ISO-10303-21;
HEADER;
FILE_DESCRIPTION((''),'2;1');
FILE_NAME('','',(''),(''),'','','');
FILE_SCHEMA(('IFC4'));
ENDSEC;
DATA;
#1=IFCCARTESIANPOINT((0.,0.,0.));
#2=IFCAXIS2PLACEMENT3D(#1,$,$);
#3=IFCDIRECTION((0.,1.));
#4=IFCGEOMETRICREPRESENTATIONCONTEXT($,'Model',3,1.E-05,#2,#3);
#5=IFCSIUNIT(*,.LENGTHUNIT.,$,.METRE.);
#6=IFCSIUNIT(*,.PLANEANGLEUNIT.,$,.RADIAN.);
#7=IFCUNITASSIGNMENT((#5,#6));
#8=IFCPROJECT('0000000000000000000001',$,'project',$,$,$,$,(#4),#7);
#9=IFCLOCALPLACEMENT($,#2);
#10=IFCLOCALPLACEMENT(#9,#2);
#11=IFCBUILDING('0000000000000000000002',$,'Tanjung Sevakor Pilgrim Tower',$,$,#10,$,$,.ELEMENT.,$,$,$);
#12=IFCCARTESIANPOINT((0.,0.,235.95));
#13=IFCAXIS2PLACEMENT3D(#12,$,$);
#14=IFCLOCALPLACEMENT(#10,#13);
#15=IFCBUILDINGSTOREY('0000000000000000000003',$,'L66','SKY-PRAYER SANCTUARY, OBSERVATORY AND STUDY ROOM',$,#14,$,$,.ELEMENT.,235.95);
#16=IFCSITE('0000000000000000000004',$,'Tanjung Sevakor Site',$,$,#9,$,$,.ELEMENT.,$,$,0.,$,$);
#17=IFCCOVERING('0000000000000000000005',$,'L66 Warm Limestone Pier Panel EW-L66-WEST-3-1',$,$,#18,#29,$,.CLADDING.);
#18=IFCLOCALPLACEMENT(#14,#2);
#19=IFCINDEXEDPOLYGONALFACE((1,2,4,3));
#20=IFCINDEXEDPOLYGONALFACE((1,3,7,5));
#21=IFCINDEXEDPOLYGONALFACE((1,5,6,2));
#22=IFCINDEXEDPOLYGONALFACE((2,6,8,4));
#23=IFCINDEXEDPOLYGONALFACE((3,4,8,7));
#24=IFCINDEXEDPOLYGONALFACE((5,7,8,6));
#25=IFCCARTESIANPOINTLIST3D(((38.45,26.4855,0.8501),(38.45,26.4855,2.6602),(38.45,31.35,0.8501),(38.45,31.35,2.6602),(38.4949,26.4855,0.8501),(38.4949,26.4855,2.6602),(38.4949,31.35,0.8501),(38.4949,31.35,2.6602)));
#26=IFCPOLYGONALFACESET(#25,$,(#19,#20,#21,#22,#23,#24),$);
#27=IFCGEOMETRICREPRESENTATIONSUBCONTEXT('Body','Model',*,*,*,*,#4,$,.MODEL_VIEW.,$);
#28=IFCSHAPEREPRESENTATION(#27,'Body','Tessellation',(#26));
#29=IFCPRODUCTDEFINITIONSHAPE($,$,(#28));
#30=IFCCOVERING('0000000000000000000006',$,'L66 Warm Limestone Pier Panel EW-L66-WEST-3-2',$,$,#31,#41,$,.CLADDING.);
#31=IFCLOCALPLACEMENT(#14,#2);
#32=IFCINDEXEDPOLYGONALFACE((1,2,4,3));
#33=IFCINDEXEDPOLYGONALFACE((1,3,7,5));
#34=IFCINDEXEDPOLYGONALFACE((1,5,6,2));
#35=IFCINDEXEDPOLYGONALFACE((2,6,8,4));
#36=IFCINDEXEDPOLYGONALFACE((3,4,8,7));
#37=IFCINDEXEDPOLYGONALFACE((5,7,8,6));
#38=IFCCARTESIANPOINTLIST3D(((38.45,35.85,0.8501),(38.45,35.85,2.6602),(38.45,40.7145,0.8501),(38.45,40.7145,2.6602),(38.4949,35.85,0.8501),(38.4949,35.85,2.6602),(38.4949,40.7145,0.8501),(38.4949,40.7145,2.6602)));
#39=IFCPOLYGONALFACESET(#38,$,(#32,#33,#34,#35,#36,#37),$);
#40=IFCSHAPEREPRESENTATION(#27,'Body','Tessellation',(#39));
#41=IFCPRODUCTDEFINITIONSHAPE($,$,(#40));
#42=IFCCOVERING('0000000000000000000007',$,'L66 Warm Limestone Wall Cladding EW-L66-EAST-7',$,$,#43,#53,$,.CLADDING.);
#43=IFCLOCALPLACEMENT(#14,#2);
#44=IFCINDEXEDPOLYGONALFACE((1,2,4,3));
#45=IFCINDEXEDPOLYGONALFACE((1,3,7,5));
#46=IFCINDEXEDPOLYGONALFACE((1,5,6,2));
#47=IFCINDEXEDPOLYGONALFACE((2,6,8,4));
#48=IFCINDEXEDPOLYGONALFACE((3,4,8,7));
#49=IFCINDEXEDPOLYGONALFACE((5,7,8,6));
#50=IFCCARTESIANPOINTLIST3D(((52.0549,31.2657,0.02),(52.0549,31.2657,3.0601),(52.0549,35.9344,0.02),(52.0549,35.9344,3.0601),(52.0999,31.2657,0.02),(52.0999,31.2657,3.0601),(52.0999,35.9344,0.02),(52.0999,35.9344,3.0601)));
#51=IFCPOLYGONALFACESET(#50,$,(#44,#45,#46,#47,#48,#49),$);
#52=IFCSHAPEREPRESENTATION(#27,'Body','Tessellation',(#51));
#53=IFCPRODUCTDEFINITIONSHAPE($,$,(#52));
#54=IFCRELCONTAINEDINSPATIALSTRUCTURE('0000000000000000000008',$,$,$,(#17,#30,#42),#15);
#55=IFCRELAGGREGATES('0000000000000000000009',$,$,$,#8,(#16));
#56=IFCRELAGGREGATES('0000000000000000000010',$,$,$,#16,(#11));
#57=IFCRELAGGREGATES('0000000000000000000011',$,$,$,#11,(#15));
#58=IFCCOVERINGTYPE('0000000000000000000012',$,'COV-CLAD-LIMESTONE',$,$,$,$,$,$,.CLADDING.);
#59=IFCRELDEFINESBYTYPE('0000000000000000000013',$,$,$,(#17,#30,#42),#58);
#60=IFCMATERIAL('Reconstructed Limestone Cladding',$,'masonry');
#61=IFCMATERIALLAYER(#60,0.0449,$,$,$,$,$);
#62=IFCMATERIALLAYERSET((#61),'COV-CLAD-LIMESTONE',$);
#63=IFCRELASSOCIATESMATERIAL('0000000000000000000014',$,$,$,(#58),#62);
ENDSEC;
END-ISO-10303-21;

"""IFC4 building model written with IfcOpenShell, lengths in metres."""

from ifc_helpers import new_model, si_unit, direction, frame, origin, origin_2d, place, context, subcontext, project, spatial, rectangle, extrude, material, layer, layer_set, type_object, element, save


model = new_model("IFC4")

# Units and contexts
model_context = context("Model", 3, precision=1e-05, world=origin(), true_north=direction((0.0, 1.0)))
body_context = subcontext(model_context, "Body", "Model", "MODEL_VIEW")
ifc_project = project(units=[si_unit("LENGTHUNIT", "METRE"), si_unit("PLANEANGLEUNIT", "RADIAN")], contexts=[model_context])

# Site, building, storey
site_placement = place(None, origin())
site = spatial("IfcSite", under=ifc_project, at=site_placement, Name="Tanjung Sevakor Site", CompositionType="ELEMENT", RefElevation=0.0)
building_placement = place(site_placement, origin())
building = spatial("IfcBuilding", under=site, at=building_placement, Name="Tanjung Sevakor Pilgrim Tower", CompositionType="ELEMENT")
storey_placement = place(building_placement, frame((0.0, 0.0, 235.95)))
storey = spatial("IfcBuildingStorey", under=building, at=storey_placement, Name="L66", Description="SKY-PRAYER SANCTUARY, OBSERVATORY AND STUDY ROOM", CompositionType="ELEMENT", Elevation=235.95)

# Coverings
ifc_material_1 = material(Name="Reconstructed Limestone Cladding", Category="masonry")
ifc_layer_1 = layer(ifc_material_1, 0.0449)
ifc_layer_set_1 = layer_set([ifc_layer_1], Name="COV-CLAD-LIMESTONE")
covering_type = type_object("IfcCoveringType", Name="COV-CLAD-LIMESTONE", PredefinedType="CLADDING", material=ifc_layer_set_1)
for number, where, z_axis, x_axis, name in (
    (1, (38.4724, 28.9177, 0.8501), (0.0, 0.0, 1.0), (0.0, 1.0, 0.0), "L66 Warm Limestone Pier Panel EW-L66-WEST-3-1"),
    (2, (38.4724, 38.2822, 0.8501), (0.0, 0.0, 1.0), (0.0, 1.0, 0.0), "L66 Warm Limestone Pier Panel EW-L66-WEST-3-2"),
):
    element("IfcCovering", number, at=place(storey_placement, frame(where, z_axis=z_axis, x_axis=x_axis)), inside=storey, type_object=covering_type, Name=name, PredefinedType="CLADDING", context=body_context, shape_type="SweptSolid", body=[
        extrude(rectangle(XDim=4.8645, YDim=0.0449, at=origin_2d()), origin(), (0.0, 0.0, 1.0), 1.8101),
    ])
covering_1_placement = place(storey_placement, frame((52.0774, 33.6001, 0.02), z_axis=(0.0, 0.0, 1.0), x_axis=(0.0, -1.0, 0.0)))
element("IfcCovering", 3, at=covering_1_placement, inside=storey, type_object=covering_type, Name="L66 Warm Limestone Wall Cladding EW-L66-EAST-7", PredefinedType="CLADDING", context=body_context, shape_type="SweptSolid", body=[
    extrude(rectangle(XDim=4.6687, YDim=0.0449, at=origin_2d()), origin(), (0.0, 0.0, 1.0), 3.04),
])

save(model, "model.ifc")
